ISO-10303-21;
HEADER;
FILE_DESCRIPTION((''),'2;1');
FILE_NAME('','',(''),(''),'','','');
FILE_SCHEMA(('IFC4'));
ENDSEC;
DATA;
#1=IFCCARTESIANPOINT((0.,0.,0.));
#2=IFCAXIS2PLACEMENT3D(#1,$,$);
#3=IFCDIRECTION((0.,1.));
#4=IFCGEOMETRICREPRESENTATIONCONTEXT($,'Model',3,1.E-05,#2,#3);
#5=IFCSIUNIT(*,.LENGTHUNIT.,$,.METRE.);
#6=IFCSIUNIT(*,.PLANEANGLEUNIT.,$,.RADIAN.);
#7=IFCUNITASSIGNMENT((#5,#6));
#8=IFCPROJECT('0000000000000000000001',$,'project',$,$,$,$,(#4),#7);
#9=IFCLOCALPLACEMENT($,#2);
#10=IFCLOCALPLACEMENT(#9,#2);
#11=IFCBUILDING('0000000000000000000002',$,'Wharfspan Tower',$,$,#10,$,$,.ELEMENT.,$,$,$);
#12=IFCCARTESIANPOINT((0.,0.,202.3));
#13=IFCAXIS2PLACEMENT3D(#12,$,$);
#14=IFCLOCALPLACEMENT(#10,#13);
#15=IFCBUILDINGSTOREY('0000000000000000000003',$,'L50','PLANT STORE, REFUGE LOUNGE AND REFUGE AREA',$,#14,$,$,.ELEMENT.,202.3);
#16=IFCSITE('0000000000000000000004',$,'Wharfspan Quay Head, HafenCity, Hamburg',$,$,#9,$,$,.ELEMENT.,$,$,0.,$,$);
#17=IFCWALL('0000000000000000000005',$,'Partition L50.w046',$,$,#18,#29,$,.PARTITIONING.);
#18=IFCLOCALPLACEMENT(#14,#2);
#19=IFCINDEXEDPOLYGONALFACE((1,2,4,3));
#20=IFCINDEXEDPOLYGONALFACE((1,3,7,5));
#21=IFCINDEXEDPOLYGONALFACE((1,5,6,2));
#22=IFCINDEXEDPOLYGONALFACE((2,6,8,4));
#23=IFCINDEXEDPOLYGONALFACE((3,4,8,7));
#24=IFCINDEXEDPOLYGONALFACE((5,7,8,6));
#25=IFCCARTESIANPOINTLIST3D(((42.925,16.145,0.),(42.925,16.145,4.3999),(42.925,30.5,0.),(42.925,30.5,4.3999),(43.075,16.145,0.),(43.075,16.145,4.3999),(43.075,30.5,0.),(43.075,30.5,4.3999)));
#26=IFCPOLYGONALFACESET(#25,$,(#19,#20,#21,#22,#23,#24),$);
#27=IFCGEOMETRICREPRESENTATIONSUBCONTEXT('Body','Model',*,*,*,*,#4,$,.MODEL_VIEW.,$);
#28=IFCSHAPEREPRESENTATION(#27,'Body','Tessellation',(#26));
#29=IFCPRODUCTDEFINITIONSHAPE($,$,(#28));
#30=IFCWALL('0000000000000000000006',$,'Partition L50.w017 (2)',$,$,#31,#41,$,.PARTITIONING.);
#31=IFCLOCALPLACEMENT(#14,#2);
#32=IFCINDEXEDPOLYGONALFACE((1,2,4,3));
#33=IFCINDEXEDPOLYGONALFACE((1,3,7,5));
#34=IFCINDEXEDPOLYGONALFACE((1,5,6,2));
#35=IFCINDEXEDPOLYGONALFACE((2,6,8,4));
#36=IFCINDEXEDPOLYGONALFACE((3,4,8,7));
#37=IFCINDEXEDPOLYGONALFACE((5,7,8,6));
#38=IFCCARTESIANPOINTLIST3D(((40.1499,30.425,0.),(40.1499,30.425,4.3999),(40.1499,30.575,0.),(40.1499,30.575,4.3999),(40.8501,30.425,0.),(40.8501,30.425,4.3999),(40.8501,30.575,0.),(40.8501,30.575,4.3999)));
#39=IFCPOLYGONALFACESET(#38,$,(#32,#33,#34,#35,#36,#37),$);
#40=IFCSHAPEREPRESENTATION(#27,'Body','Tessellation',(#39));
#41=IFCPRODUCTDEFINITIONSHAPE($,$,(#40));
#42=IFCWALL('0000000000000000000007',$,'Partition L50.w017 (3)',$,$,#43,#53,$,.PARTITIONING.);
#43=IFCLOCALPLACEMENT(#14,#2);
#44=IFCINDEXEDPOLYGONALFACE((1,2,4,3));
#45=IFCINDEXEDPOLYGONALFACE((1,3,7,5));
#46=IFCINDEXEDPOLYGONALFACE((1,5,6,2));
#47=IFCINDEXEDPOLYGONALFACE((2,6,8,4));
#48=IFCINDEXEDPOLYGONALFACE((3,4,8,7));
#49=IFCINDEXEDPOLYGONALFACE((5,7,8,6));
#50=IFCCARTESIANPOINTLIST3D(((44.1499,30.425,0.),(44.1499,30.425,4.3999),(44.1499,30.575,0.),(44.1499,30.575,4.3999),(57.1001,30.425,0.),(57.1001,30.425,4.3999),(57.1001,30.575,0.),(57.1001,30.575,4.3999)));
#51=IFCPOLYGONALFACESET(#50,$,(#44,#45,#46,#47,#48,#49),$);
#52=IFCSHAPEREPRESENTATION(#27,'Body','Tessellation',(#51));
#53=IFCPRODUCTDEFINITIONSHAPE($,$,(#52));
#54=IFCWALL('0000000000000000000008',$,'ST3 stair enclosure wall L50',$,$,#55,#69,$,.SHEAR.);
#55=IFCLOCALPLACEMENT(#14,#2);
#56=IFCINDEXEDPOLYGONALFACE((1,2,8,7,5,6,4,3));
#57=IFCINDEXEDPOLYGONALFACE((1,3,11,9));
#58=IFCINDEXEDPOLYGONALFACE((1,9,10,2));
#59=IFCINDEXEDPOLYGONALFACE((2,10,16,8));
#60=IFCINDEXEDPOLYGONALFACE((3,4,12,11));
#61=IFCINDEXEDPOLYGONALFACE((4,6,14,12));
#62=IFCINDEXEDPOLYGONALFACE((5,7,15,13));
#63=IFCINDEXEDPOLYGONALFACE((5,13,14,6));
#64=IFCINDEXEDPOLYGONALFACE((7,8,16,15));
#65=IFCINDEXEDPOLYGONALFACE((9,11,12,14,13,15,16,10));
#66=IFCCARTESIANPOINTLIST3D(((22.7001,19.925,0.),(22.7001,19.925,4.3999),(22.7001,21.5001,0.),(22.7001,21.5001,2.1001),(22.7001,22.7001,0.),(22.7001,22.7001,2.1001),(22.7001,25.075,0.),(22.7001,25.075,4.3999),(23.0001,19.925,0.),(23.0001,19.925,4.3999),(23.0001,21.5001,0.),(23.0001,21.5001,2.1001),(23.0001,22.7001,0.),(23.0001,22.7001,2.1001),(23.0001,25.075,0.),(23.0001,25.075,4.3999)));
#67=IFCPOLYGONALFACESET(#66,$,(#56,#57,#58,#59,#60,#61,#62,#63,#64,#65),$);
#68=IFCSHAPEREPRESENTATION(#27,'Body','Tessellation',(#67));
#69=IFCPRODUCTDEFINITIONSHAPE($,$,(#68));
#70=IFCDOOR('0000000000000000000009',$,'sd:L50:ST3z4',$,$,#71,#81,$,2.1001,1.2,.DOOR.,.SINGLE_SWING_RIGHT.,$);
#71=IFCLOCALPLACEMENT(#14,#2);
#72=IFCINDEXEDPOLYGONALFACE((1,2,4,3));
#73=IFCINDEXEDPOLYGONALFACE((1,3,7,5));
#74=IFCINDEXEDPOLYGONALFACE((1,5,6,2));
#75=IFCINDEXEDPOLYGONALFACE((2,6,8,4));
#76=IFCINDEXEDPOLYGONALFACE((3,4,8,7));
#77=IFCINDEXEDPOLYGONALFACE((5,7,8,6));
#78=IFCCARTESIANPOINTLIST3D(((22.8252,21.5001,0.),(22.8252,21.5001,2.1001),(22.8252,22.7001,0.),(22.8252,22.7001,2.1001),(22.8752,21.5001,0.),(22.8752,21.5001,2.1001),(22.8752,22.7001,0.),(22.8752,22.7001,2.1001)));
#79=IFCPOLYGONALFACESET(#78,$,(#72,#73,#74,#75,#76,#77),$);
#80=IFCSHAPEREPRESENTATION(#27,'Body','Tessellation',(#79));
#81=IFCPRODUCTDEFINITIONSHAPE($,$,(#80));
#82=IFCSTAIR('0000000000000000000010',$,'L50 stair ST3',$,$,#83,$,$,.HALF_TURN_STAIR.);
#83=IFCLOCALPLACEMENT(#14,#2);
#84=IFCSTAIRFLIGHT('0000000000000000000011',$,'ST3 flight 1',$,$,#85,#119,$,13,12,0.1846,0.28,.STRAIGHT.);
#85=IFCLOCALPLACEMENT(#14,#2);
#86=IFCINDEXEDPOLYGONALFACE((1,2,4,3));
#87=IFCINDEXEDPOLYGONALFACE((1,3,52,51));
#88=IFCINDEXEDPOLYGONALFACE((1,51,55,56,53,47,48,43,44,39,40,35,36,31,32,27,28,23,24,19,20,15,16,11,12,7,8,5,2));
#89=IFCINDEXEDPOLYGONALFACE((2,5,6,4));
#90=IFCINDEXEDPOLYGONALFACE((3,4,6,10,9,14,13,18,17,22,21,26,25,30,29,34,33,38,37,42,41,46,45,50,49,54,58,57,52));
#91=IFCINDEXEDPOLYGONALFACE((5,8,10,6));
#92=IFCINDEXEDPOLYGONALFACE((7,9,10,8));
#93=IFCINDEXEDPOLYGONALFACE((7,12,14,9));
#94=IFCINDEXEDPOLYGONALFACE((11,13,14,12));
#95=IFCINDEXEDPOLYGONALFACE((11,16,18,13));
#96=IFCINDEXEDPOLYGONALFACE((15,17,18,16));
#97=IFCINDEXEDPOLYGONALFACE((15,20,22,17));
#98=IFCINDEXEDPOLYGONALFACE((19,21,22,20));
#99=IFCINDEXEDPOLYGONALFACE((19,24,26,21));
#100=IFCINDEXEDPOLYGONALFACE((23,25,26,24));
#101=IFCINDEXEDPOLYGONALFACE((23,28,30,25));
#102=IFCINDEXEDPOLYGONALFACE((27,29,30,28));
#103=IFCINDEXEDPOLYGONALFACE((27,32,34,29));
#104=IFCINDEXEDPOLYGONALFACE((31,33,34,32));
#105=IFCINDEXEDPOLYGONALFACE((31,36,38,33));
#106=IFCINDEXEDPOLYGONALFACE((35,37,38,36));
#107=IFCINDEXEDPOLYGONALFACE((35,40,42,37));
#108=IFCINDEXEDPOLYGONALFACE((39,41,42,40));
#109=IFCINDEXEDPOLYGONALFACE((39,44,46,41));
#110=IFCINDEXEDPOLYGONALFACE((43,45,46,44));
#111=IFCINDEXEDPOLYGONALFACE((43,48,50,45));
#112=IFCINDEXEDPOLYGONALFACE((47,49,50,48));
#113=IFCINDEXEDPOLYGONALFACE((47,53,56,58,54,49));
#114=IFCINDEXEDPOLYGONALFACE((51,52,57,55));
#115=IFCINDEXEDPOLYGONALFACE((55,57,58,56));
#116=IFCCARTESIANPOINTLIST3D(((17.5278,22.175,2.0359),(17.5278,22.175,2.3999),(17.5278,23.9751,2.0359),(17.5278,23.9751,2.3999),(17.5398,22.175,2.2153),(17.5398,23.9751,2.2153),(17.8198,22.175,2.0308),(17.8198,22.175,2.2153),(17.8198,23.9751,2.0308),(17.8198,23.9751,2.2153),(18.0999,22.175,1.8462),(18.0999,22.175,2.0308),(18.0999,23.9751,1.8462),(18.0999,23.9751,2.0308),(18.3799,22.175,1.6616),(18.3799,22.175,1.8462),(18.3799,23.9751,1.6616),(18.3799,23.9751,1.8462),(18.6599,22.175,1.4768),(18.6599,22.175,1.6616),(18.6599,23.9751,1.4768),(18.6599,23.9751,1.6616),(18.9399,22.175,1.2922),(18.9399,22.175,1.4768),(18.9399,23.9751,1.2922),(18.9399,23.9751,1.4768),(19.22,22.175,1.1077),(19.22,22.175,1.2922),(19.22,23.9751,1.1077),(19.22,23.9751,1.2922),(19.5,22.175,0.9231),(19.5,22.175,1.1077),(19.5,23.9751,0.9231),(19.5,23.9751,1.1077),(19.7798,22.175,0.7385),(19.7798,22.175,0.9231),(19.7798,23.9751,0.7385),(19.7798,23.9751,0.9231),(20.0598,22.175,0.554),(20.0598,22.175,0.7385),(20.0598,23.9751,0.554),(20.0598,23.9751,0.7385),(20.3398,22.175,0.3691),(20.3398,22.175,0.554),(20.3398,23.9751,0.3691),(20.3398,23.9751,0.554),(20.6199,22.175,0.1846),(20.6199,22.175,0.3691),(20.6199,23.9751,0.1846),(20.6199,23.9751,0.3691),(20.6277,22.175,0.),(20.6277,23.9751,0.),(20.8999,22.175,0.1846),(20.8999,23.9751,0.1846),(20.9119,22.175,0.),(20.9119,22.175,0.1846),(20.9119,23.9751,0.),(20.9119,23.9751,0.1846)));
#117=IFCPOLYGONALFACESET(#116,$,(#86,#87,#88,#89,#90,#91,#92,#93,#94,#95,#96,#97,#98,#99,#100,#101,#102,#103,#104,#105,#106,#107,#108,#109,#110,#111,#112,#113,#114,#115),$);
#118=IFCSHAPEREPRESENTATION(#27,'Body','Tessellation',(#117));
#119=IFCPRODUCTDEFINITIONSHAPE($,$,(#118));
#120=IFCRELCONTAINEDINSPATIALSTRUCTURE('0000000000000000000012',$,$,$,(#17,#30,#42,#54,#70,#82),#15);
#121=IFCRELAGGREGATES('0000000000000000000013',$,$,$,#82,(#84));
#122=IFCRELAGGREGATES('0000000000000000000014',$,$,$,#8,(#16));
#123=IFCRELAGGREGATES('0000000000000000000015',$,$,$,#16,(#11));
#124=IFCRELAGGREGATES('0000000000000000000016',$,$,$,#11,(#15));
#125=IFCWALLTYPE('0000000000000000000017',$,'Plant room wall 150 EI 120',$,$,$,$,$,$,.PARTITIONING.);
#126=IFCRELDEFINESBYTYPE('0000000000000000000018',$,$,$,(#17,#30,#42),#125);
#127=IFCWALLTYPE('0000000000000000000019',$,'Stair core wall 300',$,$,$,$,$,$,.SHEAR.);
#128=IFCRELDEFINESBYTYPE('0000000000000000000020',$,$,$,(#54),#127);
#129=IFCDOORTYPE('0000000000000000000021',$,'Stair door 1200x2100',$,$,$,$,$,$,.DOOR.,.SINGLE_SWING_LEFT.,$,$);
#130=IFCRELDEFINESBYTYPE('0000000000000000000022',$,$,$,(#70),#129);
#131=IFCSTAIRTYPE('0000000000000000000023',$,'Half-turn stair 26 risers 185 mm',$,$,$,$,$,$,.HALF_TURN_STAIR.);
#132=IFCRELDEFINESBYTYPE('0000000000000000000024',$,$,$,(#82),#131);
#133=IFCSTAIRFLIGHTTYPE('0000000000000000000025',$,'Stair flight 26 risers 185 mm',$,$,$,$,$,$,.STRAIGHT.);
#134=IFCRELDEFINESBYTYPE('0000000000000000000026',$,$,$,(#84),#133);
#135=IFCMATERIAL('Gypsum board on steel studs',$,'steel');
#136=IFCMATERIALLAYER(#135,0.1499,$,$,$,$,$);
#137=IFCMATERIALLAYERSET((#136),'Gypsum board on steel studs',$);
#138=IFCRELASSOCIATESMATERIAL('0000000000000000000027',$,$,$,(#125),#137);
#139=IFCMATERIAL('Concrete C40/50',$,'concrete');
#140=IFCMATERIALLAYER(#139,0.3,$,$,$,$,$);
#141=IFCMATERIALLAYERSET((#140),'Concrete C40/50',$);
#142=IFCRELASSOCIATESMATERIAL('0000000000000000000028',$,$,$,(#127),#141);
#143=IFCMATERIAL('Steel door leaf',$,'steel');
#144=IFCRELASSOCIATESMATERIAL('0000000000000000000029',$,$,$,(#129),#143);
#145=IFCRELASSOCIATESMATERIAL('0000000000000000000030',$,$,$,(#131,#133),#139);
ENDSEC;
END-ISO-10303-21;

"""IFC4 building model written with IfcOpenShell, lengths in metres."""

from ifc_helpers import new_model, si_unit, direction, frame, frame_2d, origin, place, context, subcontext, project, spatial, polyline, rectangle, outline, extrude, material, layer, layer_set, type_object, element, fill, aggregate, save


model = new_model("IFC4")

# Units and contexts
model_context = context("Model", 3, precision=1e-05, world=origin(), true_north=direction((0.0, 1.0)))
body_context = subcontext(model_context, "Body", "Model", "MODEL_VIEW")
ifc_project = project(units=[si_unit("LENGTHUNIT", "METRE"), si_unit("PLANEANGLEUNIT", "RADIAN")], contexts=[model_context])

# Site, building, storey
site_placement = place(None, origin())
site = spatial("IfcSite", under=ifc_project, at=site_placement, Name="Wharfspan Quay Head, HafenCity, Hamburg", CompositionType="ELEMENT", RefElevation=0.0)
building_placement = place(site_placement, origin())
building = spatial("IfcBuilding", under=site, at=building_placement, Name="Wharfspan Tower", CompositionType="ELEMENT")
storey_placement = place(building_placement, frame((0.0, 0.0, 202.3)))
storey = spatial("IfcBuildingStorey", under=building, at=storey_placement, Name="L50", Description="PLANT STORE, REFUGE LOUNGE AND REFUGE AREA", CompositionType="ELEMENT", Elevation=202.3)

# Shared definitions
ifc_material_1 = material(Name="Steel door leaf", Category="steel")

# Shared definitions
ifc_material_2 = material(Name="Gypsum board on steel studs", Category="steel")
ifc_layer_1 = layer(ifc_material_2, 0.1499)
ifc_layer_set_1 = layer_set([ifc_layer_1], Name="Gypsum board on steel studs")
wall_type_1 = type_object("IfcWallType", Name="Plant room wall 150 EI 120", PredefinedType="PARTITIONING", material=ifc_layer_set_1)

# Walls
wall_1_placement = place(storey_placement, frame((43.0, 16.145, 0.0), z_axis=(0.0, 0.0, 1.0), x_axis=(0.0, 1.0, 0.0)))
element("IfcWall", 1, at=wall_1_placement, inside=storey, type_object=wall_type_1, Name="Partition L50.w046", PredefinedType="PARTITIONING", context=body_context, shape_type="SweptSolid", body=[
    extrude(rectangle(XDim=14.355, YDim=0.1499, at=frame_2d((7.1775, 0.0))), origin(), (0.0, 0.0, 1.0), 4.3999),
])
wall_2_placement = place(storey_placement, frame((40.1499, 30.5, 0.0), z_axis=(0.0, 0.0, 1.0), x_axis=(1.0, 0.0, 0.0)))
element("IfcWall", 2, at=wall_2_placement, inside=storey, type_object=wall_type_1, Name="Partition L50.w017 (2)", PredefinedType="PARTITIONING", context=body_context, shape_type="SweptSolid", body=[
    extrude(rectangle(XDim=0.7002, YDim=0.1499, at=frame_2d((0.3501, 0.0))), origin(), (0.0, 0.0, 1.0), 4.3999),
])
wall_3_placement = place(storey_placement, frame((44.1499, 30.5, 0.0), z_axis=(0.0, 0.0, 1.0), x_axis=(1.0, 0.0, 0.0)))
element("IfcWall", 3, at=wall_3_placement, inside=storey, type_object=wall_type_1, Name="Partition L50.w017 (3)", PredefinedType="PARTITIONING", context=body_context, shape_type="SweptSolid", body=[
    extrude(rectangle(XDim=12.9502, YDim=0.1499, at=frame_2d((6.4751, 0.0))), origin(), (0.0, 0.0, 1.0), 4.3999),
])

# Wall, opening, door
ifc_material_3 = material(Name="Concrete C40/50", Category="concrete")
ifc_layer_2 = layer(ifc_material_3, 0.3)
ifc_layer_set_2 = layer_set([ifc_layer_2], Name="Concrete C40/50")
wall_type_2 = type_object("IfcWallType", Name="Stair core wall 300", PredefinedType="SHEAR", material=ifc_layer_set_2)
wall_4_placement = place(storey_placement, frame((22.8501, 19.925, 0.0), z_axis=(0.0, 0.0, 1.0), x_axis=(0.0, 1.0, 0.0)))
wall_4 = element("IfcWall", 4, at=wall_4_placement, inside=storey, type_object=wall_type_2, Name="ST3 stair enclosure wall L50", PredefinedType="SHEAR", context=body_context, shape_type="SweptSolid", body=[
    extrude(rectangle(XDim=5.1499, YDim=0.3, at=frame_2d((2.575, 0.0))), origin(), (0.0, 0.0, 1.0), 4.3999),
])
opening_1_placement = place(wall_4_placement, frame((1.575, 0.0, 0.0)))
opening_1 = element("IfcOpeningElement", 5, at=opening_1_placement, cuts=wall_4, PredefinedType="OPENING", context=body_context, shape_type="SweptSolid", body=[
    extrude(rectangle(XDim=1.2, YDim=2.1001, at=frame_2d((0.6001, 1.05))), frame((0.0, 0.1599, 0.0), z_axis=(0.0, -1.0, 0.0), x_axis=(1.0, 0.0, 0.0)), (0.0, 0.0, 1.0), 0.3201),
])
door_type_1 = type_object("IfcDoorType", Name="Stair door 1200x2100", OperationType="SINGLE_SWING_LEFT", PredefinedType="DOOR", material=ifc_material_1)
door_1_placement = place(opening_1_placement, origin())
door_1 = element("IfcDoor", 6, at=door_1_placement, inside=storey, type_object=door_type_1, Name="sd:L50:ST3z4", OperationType="SINGLE_SWING_RIGHT", OverallHeight=2.1001, OverallWidth=1.2, PredefinedType="DOOR", context=body_context, shape_type="SweptSolid", body=[
    extrude(rectangle(XDim=1.2, YDim=2.1001, at=frame_2d((0.6001, 1.05))), frame((0.0, 0.0249, 0.0), z_axis=(0.0, -1.0, 0.0), x_axis=(1.0, 0.0, 0.0)), (0.0, 0.0, 1.0), 0.05),
])
fill(opening_1, door_1)

# Stair, stair flight
stair_type = type_object("IfcStairType", Name="Half-turn stair 26 risers 185 mm", PredefinedType="HALF_TURN_STAIR", material=ifc_material_3)
stair_placement = place(storey_placement, origin())
stair = element("IfcStair", 7, at=stair_placement, inside=storey, type_object=stair_type, Name="L50 stair ST3", PredefinedType="HALF_TURN_STAIR")
stair_flight_type = type_object("IfcStairFlightType", Name="Stair flight 26 risers 185 mm", PredefinedType="STRAIGHT", material=ifc_material_3)
stair_flight_placement = place(storey_placement, frame((20.8999, 23.075, 0.0), z_axis=(0.0, 0.0, 1.0), x_axis=(-1.0, 0.0, 0.0)))
stair_flight = element("IfcStairFlight", 8, at=stair_flight_placement, type_object=stair_flight_type, Name="ST3 flight 1", NumberOfRisers=13, NumberOfTreads=12, PredefinedType="STRAIGHT", RiserHeight=0.1846, TreadLength=0.28, context=body_context, shape_type="SweptSolid", body=[
    extrude(outline(polyline([(-0.012, 0.0), (-0.012, 0.1846), (0.0, 0.1846), (0.28, 0.1846), (0.28, 0.3691), (0.5601, 0.3691), (0.5601, 0.554), (0.8401, 0.554), (0.8401, 0.7385), (1.1201, 0.7385), (1.1201, 0.9231), (1.3999, 0.9231), (1.3999, 1.1077), (1.6799, 1.1077), (1.6799, 1.2922), (1.96, 1.2922), (1.96, 1.4768), (2.24, 1.4768), (2.24, 1.6616), (2.52, 1.6616), (2.52, 1.8462), (2.8, 1.8462), (2.8, 2.0308), (3.0801, 2.0308), (3.0801, 2.2153), (3.3601, 2.2153), (3.3721, 2.3999), (3.3721, 2.0359), (0.2722, 0.0), (-0.012, 0.0)])), frame((0.0, 0.8999, 0.0), z_axis=(0.0, -1.0, 0.0), x_axis=(1.0, 0.0, 0.0)), (0.0, 0.0, 1.0), 1.8),
])
aggregate(stair, [stair_flight])

save(model, "model.ifc")
